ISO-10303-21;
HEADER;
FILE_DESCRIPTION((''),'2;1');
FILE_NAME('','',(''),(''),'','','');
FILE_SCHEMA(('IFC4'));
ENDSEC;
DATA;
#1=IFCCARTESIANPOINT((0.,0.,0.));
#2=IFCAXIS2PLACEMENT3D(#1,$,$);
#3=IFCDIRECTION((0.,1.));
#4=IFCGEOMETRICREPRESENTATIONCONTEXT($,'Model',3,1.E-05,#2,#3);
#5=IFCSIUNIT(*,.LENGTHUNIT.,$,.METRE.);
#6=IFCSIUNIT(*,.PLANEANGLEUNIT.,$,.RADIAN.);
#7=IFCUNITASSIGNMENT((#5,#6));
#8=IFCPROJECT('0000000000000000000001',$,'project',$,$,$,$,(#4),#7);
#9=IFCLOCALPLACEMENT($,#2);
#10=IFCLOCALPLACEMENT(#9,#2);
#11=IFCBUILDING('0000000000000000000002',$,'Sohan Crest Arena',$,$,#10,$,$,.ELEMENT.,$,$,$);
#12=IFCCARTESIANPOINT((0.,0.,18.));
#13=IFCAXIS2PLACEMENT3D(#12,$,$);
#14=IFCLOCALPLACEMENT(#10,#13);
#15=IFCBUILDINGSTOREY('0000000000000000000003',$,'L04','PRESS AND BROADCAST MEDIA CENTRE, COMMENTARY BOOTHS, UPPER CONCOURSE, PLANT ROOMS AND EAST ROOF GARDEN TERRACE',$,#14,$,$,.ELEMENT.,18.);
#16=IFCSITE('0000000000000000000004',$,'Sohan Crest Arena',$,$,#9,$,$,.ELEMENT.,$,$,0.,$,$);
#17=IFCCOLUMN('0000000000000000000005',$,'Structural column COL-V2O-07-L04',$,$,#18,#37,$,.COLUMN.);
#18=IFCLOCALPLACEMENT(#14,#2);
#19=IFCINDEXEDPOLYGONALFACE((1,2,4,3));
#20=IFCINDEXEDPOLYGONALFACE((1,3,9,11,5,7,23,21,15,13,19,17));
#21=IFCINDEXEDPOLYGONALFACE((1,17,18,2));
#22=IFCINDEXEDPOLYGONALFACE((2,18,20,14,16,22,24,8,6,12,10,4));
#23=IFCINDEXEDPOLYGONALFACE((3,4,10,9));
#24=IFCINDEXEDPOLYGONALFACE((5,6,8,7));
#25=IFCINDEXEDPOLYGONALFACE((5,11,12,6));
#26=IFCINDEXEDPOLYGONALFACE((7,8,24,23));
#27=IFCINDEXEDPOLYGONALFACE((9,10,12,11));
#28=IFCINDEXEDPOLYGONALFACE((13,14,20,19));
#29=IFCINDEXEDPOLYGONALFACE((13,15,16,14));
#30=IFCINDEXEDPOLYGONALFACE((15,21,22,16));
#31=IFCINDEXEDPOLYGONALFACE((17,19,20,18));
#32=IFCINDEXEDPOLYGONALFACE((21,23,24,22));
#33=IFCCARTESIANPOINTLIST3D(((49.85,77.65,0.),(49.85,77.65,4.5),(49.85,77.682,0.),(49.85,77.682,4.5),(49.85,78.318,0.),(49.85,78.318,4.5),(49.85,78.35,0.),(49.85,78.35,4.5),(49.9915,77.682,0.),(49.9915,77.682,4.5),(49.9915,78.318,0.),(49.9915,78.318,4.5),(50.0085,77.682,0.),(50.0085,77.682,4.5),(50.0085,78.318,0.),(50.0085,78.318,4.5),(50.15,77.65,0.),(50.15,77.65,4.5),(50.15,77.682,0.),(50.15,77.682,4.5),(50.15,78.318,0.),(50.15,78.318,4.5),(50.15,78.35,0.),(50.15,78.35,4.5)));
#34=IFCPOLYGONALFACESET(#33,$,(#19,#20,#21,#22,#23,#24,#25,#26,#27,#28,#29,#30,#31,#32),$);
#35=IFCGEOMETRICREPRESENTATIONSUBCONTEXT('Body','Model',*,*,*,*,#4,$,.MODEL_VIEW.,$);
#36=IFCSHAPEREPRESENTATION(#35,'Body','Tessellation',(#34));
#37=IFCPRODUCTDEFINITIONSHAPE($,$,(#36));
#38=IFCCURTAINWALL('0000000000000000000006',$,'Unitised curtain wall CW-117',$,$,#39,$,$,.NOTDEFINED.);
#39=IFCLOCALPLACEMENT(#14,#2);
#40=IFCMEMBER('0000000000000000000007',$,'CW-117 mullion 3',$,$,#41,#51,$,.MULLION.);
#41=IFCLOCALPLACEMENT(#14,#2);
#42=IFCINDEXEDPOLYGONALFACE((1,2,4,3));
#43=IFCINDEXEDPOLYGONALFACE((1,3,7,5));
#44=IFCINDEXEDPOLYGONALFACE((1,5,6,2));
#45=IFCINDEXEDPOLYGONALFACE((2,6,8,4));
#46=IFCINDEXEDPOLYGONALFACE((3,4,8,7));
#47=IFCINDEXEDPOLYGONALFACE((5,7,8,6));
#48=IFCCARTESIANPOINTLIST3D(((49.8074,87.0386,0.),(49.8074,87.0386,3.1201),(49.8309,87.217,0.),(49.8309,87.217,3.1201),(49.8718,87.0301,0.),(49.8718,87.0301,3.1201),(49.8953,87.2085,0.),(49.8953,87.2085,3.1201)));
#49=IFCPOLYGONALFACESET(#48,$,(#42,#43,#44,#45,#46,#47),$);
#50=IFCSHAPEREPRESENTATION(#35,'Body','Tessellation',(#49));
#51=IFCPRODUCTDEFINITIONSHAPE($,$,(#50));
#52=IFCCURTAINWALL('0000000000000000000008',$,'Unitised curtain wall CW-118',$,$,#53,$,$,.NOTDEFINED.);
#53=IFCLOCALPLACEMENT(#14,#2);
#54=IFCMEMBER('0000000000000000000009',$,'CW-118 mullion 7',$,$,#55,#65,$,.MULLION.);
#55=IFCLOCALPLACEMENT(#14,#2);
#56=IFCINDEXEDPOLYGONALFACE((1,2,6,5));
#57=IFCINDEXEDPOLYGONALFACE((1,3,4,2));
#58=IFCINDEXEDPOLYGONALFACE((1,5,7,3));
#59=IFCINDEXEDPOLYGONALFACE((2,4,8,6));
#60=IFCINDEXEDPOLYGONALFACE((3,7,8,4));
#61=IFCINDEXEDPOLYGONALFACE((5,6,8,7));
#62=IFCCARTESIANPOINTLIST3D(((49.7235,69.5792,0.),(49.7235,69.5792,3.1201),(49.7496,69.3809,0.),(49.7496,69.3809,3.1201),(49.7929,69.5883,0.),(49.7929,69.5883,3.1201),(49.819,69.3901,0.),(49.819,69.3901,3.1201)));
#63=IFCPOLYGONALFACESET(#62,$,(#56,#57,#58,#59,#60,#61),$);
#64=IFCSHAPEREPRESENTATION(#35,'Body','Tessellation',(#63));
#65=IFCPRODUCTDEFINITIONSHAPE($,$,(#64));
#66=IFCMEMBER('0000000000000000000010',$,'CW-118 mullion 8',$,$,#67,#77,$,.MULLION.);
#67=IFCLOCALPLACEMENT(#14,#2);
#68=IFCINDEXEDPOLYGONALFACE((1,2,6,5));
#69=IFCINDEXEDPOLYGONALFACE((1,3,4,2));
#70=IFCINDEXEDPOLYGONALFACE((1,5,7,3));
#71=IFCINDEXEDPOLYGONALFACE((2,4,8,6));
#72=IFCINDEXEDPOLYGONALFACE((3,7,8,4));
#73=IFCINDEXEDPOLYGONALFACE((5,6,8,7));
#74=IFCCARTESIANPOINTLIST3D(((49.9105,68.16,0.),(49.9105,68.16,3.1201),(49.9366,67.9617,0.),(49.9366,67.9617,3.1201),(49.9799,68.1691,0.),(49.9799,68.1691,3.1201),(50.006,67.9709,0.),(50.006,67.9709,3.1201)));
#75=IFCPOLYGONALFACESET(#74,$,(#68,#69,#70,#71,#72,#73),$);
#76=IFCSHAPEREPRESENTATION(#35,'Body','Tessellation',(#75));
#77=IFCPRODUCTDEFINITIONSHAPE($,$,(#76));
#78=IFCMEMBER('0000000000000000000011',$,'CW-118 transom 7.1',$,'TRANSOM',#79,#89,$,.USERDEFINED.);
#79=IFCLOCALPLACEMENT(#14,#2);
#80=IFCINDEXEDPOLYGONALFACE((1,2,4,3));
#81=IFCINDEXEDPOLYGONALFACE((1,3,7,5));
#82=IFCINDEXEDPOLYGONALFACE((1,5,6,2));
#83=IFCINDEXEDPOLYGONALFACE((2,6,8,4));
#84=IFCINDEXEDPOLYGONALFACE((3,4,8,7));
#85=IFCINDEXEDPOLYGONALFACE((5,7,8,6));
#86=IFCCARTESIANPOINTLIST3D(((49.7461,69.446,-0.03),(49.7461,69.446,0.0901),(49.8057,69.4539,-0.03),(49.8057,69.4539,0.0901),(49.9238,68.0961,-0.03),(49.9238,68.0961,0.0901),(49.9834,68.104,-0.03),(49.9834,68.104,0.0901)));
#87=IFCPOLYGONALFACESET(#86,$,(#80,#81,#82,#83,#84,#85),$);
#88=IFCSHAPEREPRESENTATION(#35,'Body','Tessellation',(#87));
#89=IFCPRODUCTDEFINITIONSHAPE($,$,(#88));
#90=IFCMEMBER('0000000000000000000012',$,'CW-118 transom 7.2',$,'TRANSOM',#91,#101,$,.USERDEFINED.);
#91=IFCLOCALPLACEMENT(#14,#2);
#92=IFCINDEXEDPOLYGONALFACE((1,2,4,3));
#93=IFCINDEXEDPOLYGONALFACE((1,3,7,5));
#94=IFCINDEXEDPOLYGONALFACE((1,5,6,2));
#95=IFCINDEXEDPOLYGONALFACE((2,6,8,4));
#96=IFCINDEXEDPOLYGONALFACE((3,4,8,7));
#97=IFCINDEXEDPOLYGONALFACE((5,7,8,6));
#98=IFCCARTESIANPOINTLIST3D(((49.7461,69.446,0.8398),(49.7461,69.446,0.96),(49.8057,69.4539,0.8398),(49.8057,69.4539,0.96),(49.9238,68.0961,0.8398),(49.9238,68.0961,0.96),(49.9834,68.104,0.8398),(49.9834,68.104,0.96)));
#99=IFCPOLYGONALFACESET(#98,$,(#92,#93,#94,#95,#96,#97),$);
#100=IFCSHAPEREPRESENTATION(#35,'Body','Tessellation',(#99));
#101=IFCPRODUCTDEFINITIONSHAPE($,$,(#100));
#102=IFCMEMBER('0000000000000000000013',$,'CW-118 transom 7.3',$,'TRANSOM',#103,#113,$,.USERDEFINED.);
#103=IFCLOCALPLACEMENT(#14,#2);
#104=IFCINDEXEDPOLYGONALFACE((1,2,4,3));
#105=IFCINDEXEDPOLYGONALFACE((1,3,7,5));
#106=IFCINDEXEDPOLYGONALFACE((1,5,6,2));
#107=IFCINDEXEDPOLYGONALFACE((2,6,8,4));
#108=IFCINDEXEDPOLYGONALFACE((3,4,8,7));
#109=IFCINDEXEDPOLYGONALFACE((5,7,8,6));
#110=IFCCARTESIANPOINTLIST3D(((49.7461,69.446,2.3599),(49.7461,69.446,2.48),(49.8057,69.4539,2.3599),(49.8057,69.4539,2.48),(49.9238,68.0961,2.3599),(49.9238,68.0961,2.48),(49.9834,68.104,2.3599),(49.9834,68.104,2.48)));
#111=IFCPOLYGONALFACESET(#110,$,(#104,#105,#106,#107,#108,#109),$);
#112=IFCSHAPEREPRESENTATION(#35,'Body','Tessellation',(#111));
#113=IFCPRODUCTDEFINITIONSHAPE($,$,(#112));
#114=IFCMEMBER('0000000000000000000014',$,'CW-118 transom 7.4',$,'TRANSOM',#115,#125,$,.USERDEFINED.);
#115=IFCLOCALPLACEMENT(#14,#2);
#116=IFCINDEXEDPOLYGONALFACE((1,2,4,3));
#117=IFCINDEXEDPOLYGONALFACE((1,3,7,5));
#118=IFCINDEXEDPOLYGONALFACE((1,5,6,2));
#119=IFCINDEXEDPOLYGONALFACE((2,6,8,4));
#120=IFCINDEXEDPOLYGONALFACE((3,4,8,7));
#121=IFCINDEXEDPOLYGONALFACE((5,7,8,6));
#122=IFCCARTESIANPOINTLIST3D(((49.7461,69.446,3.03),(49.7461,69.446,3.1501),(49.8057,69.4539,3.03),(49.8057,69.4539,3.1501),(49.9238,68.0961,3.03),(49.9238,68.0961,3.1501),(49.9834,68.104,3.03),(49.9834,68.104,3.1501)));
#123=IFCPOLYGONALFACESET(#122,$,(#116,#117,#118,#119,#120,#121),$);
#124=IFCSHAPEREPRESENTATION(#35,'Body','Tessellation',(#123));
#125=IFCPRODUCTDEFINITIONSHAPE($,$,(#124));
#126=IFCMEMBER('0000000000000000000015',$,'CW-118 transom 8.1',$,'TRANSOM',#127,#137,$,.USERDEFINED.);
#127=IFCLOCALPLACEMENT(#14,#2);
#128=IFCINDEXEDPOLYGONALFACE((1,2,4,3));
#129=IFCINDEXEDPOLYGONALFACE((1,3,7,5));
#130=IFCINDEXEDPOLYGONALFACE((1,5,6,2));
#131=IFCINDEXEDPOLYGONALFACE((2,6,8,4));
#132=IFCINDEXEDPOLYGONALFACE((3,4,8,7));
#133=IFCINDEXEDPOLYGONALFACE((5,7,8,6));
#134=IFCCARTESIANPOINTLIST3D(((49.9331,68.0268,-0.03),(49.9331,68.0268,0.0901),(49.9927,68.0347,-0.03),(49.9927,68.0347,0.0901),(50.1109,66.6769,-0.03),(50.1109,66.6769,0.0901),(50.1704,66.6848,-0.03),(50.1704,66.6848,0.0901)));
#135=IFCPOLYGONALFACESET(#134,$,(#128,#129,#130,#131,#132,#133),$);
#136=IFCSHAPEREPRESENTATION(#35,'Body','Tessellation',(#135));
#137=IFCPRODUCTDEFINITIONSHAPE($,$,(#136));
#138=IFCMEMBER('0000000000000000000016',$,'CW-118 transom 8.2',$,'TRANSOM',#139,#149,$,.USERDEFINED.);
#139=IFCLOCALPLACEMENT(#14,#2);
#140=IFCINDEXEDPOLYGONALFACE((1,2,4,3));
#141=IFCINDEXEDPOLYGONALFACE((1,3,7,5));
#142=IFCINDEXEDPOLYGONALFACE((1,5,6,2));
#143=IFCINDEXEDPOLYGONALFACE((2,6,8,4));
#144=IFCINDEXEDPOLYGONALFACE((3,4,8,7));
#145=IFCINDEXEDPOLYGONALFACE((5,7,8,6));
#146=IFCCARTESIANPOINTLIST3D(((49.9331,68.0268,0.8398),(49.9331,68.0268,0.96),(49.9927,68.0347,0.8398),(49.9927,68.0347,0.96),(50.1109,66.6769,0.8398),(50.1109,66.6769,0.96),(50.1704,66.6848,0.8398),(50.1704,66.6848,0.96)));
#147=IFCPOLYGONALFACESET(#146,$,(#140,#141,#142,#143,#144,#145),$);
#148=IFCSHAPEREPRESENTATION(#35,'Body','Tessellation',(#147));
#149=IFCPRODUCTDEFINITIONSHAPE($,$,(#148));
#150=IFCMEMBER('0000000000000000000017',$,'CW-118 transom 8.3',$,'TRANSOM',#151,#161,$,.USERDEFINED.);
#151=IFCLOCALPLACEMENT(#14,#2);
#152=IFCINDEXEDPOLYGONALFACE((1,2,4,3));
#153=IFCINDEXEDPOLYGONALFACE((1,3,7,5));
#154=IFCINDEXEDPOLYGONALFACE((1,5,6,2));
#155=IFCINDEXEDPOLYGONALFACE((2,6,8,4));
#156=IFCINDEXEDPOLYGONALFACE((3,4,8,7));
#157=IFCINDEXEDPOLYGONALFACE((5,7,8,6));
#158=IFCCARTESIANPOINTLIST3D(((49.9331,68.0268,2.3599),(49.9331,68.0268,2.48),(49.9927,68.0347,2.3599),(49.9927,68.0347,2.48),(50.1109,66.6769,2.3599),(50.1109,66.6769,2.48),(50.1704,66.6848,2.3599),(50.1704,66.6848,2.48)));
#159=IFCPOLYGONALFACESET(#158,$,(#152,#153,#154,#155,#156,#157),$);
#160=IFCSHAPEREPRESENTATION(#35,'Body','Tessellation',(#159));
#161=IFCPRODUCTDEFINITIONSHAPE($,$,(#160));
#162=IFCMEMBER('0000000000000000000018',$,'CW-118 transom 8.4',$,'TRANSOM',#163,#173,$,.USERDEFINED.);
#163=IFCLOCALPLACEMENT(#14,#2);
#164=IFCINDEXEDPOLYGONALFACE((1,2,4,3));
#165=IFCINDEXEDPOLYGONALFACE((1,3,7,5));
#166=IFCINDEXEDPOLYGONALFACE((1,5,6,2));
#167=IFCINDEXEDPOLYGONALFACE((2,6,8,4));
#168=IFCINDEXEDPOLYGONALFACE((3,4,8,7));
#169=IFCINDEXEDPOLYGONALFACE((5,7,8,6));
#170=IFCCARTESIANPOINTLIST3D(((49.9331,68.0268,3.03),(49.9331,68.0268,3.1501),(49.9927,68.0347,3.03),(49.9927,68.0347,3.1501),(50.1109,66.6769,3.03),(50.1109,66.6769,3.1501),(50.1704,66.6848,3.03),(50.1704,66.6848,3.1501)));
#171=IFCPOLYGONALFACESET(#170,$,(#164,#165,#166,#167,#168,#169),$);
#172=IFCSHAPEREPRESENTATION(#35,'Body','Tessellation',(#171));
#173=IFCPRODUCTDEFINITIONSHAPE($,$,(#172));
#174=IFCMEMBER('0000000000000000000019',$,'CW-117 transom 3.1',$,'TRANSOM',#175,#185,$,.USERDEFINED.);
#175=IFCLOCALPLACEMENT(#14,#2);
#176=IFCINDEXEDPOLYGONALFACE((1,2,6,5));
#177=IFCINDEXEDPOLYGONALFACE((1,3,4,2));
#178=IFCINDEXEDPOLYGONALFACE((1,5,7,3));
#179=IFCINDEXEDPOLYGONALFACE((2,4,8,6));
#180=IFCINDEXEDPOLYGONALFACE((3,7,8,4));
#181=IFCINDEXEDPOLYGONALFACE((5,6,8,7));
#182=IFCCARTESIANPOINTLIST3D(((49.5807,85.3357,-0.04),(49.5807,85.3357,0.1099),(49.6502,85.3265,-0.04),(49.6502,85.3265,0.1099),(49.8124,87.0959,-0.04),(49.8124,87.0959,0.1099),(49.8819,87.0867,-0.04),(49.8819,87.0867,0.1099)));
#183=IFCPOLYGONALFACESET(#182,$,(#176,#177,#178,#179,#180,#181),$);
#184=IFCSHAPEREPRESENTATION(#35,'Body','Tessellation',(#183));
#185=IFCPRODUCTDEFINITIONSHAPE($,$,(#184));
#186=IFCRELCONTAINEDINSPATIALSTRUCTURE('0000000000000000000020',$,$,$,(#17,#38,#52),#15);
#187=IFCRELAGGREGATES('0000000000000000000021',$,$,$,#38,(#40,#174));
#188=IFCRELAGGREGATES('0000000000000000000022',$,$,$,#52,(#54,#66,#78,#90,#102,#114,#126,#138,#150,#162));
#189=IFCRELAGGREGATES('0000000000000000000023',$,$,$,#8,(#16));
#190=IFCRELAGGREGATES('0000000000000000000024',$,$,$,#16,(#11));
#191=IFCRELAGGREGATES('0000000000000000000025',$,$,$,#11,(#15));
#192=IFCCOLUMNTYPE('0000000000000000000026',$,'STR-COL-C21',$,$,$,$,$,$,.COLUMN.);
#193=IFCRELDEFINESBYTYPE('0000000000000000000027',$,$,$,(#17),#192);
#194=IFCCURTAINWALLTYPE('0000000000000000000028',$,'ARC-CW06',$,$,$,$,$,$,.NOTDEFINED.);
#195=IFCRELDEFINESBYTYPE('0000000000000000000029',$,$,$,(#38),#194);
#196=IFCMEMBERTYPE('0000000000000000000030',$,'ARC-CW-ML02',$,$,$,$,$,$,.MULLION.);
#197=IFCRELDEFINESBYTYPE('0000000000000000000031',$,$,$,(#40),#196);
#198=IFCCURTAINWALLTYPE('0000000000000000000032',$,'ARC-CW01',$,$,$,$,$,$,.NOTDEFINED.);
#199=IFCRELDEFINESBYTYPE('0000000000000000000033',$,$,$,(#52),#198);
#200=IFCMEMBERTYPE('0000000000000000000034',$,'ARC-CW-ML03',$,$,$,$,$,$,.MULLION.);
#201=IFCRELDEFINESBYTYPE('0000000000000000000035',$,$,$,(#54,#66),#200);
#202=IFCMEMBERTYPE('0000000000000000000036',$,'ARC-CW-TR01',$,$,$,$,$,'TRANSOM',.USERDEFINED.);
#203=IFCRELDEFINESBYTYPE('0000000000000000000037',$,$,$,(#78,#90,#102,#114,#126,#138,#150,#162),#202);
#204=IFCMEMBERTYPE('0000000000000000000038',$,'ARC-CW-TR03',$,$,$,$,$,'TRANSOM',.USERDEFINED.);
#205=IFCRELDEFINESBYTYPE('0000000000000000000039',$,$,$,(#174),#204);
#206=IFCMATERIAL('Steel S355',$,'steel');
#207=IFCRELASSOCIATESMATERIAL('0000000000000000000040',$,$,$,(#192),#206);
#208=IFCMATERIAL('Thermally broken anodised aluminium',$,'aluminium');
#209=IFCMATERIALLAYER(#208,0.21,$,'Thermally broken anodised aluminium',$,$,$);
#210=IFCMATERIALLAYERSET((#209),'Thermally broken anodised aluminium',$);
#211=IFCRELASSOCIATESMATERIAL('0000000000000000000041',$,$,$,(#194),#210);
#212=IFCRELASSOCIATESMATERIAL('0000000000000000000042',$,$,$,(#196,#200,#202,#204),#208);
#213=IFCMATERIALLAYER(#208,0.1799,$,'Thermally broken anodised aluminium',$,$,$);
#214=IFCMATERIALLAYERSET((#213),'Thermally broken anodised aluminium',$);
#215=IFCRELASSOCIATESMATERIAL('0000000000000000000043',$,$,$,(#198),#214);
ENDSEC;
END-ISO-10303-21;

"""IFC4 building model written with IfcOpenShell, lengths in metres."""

from ifc_helpers import new_model, si_unit, direction, frame, origin, origin_2d, place, context, subcontext, project, spatial, rectangle, i_section, extrude, material, layer, layer_set, material_profile, profile_set, type_object, element, aggregate, save


model = new_model("IFC4")

# Units and contexts
model_context = context("Model", 3, precision=1e-05, world=origin(), true_north=direction((0.0, 1.0)))
body_context = subcontext(model_context, "Body", "Model", "MODEL_VIEW")
ifc_project = project(units=[si_unit("LENGTHUNIT", "METRE"), si_unit("PLANEANGLEUNIT", "RADIAN")], contexts=[model_context])

# Site, building, storey
site_placement = place(None, origin())
site = spatial("IfcSite", under=ifc_project, at=site_placement, Name="Sohan Crest Arena", CompositionType="ELEMENT", RefElevation=0.0)
building_placement = place(site_placement, origin())
building = spatial("IfcBuilding", under=site, at=building_placement, Name="Sohan Crest Arena", CompositionType="ELEMENT")
storey_placement = place(building_placement, frame((0.0, 0.0, 18.0)))
storey = spatial("IfcBuildingStorey", under=building, at=storey_placement, Name="L04", Description="PRESS AND BROADCAST MEDIA CENTRE, COMMENTARY BOOTHS, UPPER CONCOURSE, PLANT ROOMS AND EAST ROOF GARDEN TERRACE", CompositionType="ELEMENT", Elevation=18.0)

# Column
ifc_material_1 = material(Name="Steel S355", Category="steel")
ifc_material_profile_1 = material_profile(ifc_material_1, i_section(OverallWidth=0.3, OverallDepth=0.7, WebThickness=0.0171, FlangeThickness=0.032, at=origin_2d()), Name="HEB 700")
ifc_profile_set_1 = profile_set([ifc_material_profile_1], Name="Steel S355")
column_type = type_object("IfcColumnType", Name="STR-COL-C21", PredefinedType="COLUMN", material=ifc_profile_set_1)
column_placement = place(storey_placement, frame((50.0, 78.0, 0.0), z_axis=(0.0, 0.0, 1.0), x_axis=(1.0, 0.0, 0.0)))
element("IfcColumn", 1, at=column_placement, inside=storey, type_object=column_type, Name="Structural column COL-V2O-07-L04", PredefinedType="COLUMN", context=body_context, shape_type="SweptSolid", body=[
    extrude(i_section(OverallWidth=0.3, OverallDepth=0.7, WebThickness=0.0171, FlangeThickness=0.032, at=origin_2d()), origin(), (0.0, 0.0, 1.0), 4.5),
])

# Curtain wall, member
ifc_material_2 = material(Name="Thermally broken anodised aluminium", Category="aluminium")
ifc_layer_1 = layer(ifc_material_2, 0.21, Name="Thermally broken anodised aluminium")
ifc_layer_set_1 = layer_set([ifc_layer_1], Name="Thermally broken anodised aluminium")
curtain_wall_type_1 = type_object("IfcCurtainWallType", Name="ARC-CW06", PredefinedType="NOTDEFINED", material=ifc_layer_set_1)
curtain_wall_1_placement = place(storey_placement, origin())
curtain_wall_1 = element("IfcCurtainWall", 2, at=curtain_wall_1_placement, inside=storey, type_object=curtain_wall_type_1, Name="Unitised curtain wall CW-117", PredefinedType="NOTDEFINED")
ifc_material_profile_2 = material_profile(ifc_material_2, rectangle(XDim=0.0649, YDim=0.1799, at=origin_2d()), Name="ALU-MULL 65x180")
ifc_profile_set_2 = profile_set([ifc_material_profile_2], Name="Thermally broken anodised aluminium")
member_type_1 = type_object("IfcMemberType", Name="ARC-CW-ML02", PredefinedType="MULLION", material=ifc_profile_set_2)
member_1_placement = place(storey_placement, frame((49.8513, 87.1235, 0.0), z_axis=(0.0, 0.0, 1.0), x_axis=(0.991441, -0.130557, 0.0)))
member_1 = element("IfcMember", 3, at=member_1_placement, type_object=member_type_1, Name="CW-117 mullion 3", PredefinedType="MULLION", context=body_context, shape_type="SweptSolid", body=[
    extrude(rectangle(XDim=0.0649, YDim=0.1799, at=origin_2d()), origin(), (0.0, 0.0, 1.0), 3.1201),
])

# Curtain wall, members
ifc_layer_2 = layer(ifc_material_2, 0.1799, Name="Thermally broken anodised aluminium")
ifc_layer_set_2 = layer_set([ifc_layer_2], Name="Thermally broken anodised aluminium")
curtain_wall_type_2 = type_object("IfcCurtainWallType", Name="ARC-CW01", PredefinedType="NOTDEFINED", material=ifc_layer_set_2)
curtain_wall_2_placement = place(storey_placement, origin())
curtain_wall_2 = element("IfcCurtainWall", 4, at=curtain_wall_2_placement, inside=storey, type_object=curtain_wall_type_2, Name="Unitised curtain wall CW-118", PredefinedType="NOTDEFINED")
ifc_material_profile_3 = material_profile(ifc_material_2, rectangle(XDim=0.0701, YDim=0.2, at=origin_2d()), Name="ALU-MULL 70x200")
ifc_profile_set_3 = profile_set([ifc_material_profile_3], Name="Thermally broken anodised aluminium")
member_type_2 = type_object("IfcMemberType", Name="ARC-CW-ML03", PredefinedType="MULLION", material=ifc_profile_set_3)
member_2_placement = place(storey_placement, frame((49.7712, 69.4846, 0.0), z_axis=(0.0, 0.0, 1.0), x_axis=(0.991441, 0.130557, 0.0)))
member_2 = element("IfcMember", 5, at=member_2_placement, type_object=member_type_2, Name="CW-118 mullion 7", PredefinedType="MULLION", context=body_context, shape_type="SweptSolid", body=[
    extrude(rectangle(XDim=0.0701, YDim=0.2, at=origin_2d()), origin(), (0.0, 0.0, 1.0), 3.1201),
])
member_3_placement = place(storey_placement, frame((49.9583, 68.0654, 0.0), z_axis=(0.0, 0.0, 1.0), x_axis=(0.991441, 0.130557, 0.0)))
member_3 = element("IfcMember", 6, at=member_3_placement, type_object=member_type_2, Name="CW-118 mullion 8", PredefinedType="MULLION", context=body_context, shape_type="SweptSolid", body=[
    extrude(rectangle(XDim=0.0701, YDim=0.2, at=origin_2d()), origin(), (0.0, 0.0, 1.0), 3.1201),
])
ifc_material_profile_4 = material_profile(ifc_material_2, rectangle(XDim=0.0601, YDim=0.1201, at=origin_2d()), Name="ALU-TRAN 60x120")
ifc_profile_set_4 = profile_set([ifc_material_profile_4], Name="Thermally broken anodised aluminium")
member_type_3 = type_object("IfcMemberType", Name="ARC-CW-TR01", ElementType="TRANSOM", PredefinedType="USERDEFINED", material=ifc_profile_set_4)
member_4_placement = place(storey_placement, frame((49.7759, 69.45, 0.03), z_axis=(0.130543, -0.991443, 0.0), x_axis=(0.991443, 0.130543, 0.0)))
member_4 = element("IfcMember", 7, at=member_4_placement, type_object=member_type_3, Name="CW-118 transom 7.1", ObjectType="TRANSOM", PredefinedType="USERDEFINED", context=body_context, shape_type="SweptSolid", body=[
    extrude(rectangle(XDim=0.0601, YDim=0.1201, at=origin_2d()), origin(), (0.0, 0.0, 1.0), 1.3616),
])
member_5_placement = place(storey_placement, frame((49.7759, 69.45, 0.8999), z_axis=(0.130543, -0.991443, 0.0), x_axis=(0.991443, 0.130543, 0.0)))
member_5 = element("IfcMember", 8, at=member_5_placement, type_object=member_type_3, Name="CW-118 transom 7.2", ObjectType="TRANSOM", PredefinedType="USERDEFINED", context=body_context, shape_type="SweptSolid", body=[
    extrude(rectangle(XDim=0.0601, YDim=0.1201, at=origin_2d()), origin(), (0.0, 0.0, 1.0), 1.3616),
])
member_6_placement = place(storey_placement, frame((49.7759, 69.45, 2.4199), z_axis=(0.130543, -0.991443, 0.0), x_axis=(0.991443, 0.130543, 0.0)))
member_6 = element("IfcMember", 9, at=member_6_placement, type_object=member_type_3, Name="CW-118 transom 7.3", ObjectType="TRANSOM", PredefinedType="USERDEFINED", context=body_context, shape_type="SweptSolid", body=[
    extrude(rectangle(XDim=0.0601, YDim=0.1201, at=origin_2d()), origin(), (0.0, 0.0, 1.0), 1.3616),
])
member_7_placement = place(storey_placement, frame((49.7759, 69.45, 3.0901), z_axis=(0.130543, -0.991443, 0.0), x_axis=(0.991443, 0.130543, 0.0)))
member_7 = element("IfcMember", 10, at=member_7_placement, type_object=member_type_3, Name="CW-118 transom 7.4", ObjectType="TRANSOM", PredefinedType="USERDEFINED", context=body_context, shape_type="SweptSolid", body=[
    extrude(rectangle(XDim=0.0601, YDim=0.1201, at=origin_2d()), origin(), (0.0, 0.0, 1.0), 1.3616),
])
member_8_placement = place(storey_placement, frame((49.9629, 68.0308, 0.03), z_axis=(0.130543, -0.991443, 0.0), x_axis=(0.991443, 0.130543, 0.0)))
member_8 = element("IfcMember", 11, at=member_8_placement, type_object=member_type_3, Name="CW-118 transom 8.1", ObjectType="TRANSOM", PredefinedType="USERDEFINED", context=body_context, shape_type="SweptSolid", body=[
    extrude(rectangle(XDim=0.0601, YDim=0.1201, at=origin_2d()), origin(), (0.0, 0.0, 1.0), 1.3616),
])
member_9_placement = place(storey_placement, frame((49.9629, 68.0308, 0.8999), z_axis=(0.130543, -0.991443, 0.0), x_axis=(0.991443, 0.130543, 0.0)))
member_9 = element("IfcMember", 12, at=member_9_placement, type_object=member_type_3, Name="CW-118 transom 8.2", ObjectType="TRANSOM", PredefinedType="USERDEFINED", context=body_context, shape_type="SweptSolid", body=[
    extrude(rectangle(XDim=0.0601, YDim=0.1201, at=origin_2d()), origin(), (0.0, 0.0, 1.0), 1.3616),
])
member_10_placement = place(storey_placement, frame((49.9629, 68.0308, 2.4199), z_axis=(0.130543, -0.991443, 0.0), x_axis=(0.991443, 0.130543, 0.0)))
member_10 = element("IfcMember", 13, at=member_10_placement, type_object=member_type_3, Name="CW-118 transom 8.3", ObjectType="TRANSOM", PredefinedType="USERDEFINED", context=body_context, shape_type="SweptSolid", body=[
    extrude(rectangle(XDim=0.0601, YDim=0.1201, at=origin_2d()), origin(), (0.0, 0.0, 1.0), 1.3616),
])
member_11_placement = place(storey_placement, frame((49.9629, 68.0308, 3.0901), z_axis=(0.130543, -0.991443, 0.0), x_axis=(0.991443, 0.130543, 0.0)))
member_11 = element("IfcMember", 14, at=member_11_placement, type_object=member_type_3, Name="CW-118 transom 8.4", ObjectType="TRANSOM", PredefinedType="USERDEFINED", context=body_context, shape_type="SweptSolid", body=[
    extrude(rectangle(XDim=0.0601, YDim=0.1201, at=origin_2d()), origin(), (0.0, 0.0, 1.0), 1.3616),
])

# Member
ifc_material_profile_5 = material_profile(ifc_material_2, rectangle(XDim=0.0701, YDim=0.1499, at=origin_2d()), Name="ALU-TRAN 70x150")
ifc_profile_set_5 = profile_set([ifc_material_profile_5], Name="Thermally broken anodised aluminium")
member_type_4 = type_object("IfcMemberType", Name="ARC-CW-TR03", ElementType="TRANSOM", PredefinedType="USERDEFINED", material=ifc_profile_set_5)
member_12_placement = place(storey_placement, frame((49.8472, 87.0913, 0.0349), z_axis=(-0.130497, -0.991449, 0.0), x_axis=(0.991449, -0.130497, 0.0)))
member_12 = element("IfcMember", 15, at=member_12_placement, type_object=member_type_4, Name="CW-117 transom 3.1", ObjectType="TRANSOM", PredefinedType="USERDEFINED", context=body_context, shape_type="SweptSolid", body=[
    extrude(rectangle(XDim=0.0701, YDim=0.1499, at=origin_2d()), origin(), (0.0, 0.0, 1.0), 1.7754),
])

aggregate(curtain_wall_1, [member_1, member_12])
aggregate(curtain_wall_2, [member_2, member_3, member_4, member_5, member_6, member_7, member_8, member_9, member_10, member_11])

save(model, "model.ifc")
